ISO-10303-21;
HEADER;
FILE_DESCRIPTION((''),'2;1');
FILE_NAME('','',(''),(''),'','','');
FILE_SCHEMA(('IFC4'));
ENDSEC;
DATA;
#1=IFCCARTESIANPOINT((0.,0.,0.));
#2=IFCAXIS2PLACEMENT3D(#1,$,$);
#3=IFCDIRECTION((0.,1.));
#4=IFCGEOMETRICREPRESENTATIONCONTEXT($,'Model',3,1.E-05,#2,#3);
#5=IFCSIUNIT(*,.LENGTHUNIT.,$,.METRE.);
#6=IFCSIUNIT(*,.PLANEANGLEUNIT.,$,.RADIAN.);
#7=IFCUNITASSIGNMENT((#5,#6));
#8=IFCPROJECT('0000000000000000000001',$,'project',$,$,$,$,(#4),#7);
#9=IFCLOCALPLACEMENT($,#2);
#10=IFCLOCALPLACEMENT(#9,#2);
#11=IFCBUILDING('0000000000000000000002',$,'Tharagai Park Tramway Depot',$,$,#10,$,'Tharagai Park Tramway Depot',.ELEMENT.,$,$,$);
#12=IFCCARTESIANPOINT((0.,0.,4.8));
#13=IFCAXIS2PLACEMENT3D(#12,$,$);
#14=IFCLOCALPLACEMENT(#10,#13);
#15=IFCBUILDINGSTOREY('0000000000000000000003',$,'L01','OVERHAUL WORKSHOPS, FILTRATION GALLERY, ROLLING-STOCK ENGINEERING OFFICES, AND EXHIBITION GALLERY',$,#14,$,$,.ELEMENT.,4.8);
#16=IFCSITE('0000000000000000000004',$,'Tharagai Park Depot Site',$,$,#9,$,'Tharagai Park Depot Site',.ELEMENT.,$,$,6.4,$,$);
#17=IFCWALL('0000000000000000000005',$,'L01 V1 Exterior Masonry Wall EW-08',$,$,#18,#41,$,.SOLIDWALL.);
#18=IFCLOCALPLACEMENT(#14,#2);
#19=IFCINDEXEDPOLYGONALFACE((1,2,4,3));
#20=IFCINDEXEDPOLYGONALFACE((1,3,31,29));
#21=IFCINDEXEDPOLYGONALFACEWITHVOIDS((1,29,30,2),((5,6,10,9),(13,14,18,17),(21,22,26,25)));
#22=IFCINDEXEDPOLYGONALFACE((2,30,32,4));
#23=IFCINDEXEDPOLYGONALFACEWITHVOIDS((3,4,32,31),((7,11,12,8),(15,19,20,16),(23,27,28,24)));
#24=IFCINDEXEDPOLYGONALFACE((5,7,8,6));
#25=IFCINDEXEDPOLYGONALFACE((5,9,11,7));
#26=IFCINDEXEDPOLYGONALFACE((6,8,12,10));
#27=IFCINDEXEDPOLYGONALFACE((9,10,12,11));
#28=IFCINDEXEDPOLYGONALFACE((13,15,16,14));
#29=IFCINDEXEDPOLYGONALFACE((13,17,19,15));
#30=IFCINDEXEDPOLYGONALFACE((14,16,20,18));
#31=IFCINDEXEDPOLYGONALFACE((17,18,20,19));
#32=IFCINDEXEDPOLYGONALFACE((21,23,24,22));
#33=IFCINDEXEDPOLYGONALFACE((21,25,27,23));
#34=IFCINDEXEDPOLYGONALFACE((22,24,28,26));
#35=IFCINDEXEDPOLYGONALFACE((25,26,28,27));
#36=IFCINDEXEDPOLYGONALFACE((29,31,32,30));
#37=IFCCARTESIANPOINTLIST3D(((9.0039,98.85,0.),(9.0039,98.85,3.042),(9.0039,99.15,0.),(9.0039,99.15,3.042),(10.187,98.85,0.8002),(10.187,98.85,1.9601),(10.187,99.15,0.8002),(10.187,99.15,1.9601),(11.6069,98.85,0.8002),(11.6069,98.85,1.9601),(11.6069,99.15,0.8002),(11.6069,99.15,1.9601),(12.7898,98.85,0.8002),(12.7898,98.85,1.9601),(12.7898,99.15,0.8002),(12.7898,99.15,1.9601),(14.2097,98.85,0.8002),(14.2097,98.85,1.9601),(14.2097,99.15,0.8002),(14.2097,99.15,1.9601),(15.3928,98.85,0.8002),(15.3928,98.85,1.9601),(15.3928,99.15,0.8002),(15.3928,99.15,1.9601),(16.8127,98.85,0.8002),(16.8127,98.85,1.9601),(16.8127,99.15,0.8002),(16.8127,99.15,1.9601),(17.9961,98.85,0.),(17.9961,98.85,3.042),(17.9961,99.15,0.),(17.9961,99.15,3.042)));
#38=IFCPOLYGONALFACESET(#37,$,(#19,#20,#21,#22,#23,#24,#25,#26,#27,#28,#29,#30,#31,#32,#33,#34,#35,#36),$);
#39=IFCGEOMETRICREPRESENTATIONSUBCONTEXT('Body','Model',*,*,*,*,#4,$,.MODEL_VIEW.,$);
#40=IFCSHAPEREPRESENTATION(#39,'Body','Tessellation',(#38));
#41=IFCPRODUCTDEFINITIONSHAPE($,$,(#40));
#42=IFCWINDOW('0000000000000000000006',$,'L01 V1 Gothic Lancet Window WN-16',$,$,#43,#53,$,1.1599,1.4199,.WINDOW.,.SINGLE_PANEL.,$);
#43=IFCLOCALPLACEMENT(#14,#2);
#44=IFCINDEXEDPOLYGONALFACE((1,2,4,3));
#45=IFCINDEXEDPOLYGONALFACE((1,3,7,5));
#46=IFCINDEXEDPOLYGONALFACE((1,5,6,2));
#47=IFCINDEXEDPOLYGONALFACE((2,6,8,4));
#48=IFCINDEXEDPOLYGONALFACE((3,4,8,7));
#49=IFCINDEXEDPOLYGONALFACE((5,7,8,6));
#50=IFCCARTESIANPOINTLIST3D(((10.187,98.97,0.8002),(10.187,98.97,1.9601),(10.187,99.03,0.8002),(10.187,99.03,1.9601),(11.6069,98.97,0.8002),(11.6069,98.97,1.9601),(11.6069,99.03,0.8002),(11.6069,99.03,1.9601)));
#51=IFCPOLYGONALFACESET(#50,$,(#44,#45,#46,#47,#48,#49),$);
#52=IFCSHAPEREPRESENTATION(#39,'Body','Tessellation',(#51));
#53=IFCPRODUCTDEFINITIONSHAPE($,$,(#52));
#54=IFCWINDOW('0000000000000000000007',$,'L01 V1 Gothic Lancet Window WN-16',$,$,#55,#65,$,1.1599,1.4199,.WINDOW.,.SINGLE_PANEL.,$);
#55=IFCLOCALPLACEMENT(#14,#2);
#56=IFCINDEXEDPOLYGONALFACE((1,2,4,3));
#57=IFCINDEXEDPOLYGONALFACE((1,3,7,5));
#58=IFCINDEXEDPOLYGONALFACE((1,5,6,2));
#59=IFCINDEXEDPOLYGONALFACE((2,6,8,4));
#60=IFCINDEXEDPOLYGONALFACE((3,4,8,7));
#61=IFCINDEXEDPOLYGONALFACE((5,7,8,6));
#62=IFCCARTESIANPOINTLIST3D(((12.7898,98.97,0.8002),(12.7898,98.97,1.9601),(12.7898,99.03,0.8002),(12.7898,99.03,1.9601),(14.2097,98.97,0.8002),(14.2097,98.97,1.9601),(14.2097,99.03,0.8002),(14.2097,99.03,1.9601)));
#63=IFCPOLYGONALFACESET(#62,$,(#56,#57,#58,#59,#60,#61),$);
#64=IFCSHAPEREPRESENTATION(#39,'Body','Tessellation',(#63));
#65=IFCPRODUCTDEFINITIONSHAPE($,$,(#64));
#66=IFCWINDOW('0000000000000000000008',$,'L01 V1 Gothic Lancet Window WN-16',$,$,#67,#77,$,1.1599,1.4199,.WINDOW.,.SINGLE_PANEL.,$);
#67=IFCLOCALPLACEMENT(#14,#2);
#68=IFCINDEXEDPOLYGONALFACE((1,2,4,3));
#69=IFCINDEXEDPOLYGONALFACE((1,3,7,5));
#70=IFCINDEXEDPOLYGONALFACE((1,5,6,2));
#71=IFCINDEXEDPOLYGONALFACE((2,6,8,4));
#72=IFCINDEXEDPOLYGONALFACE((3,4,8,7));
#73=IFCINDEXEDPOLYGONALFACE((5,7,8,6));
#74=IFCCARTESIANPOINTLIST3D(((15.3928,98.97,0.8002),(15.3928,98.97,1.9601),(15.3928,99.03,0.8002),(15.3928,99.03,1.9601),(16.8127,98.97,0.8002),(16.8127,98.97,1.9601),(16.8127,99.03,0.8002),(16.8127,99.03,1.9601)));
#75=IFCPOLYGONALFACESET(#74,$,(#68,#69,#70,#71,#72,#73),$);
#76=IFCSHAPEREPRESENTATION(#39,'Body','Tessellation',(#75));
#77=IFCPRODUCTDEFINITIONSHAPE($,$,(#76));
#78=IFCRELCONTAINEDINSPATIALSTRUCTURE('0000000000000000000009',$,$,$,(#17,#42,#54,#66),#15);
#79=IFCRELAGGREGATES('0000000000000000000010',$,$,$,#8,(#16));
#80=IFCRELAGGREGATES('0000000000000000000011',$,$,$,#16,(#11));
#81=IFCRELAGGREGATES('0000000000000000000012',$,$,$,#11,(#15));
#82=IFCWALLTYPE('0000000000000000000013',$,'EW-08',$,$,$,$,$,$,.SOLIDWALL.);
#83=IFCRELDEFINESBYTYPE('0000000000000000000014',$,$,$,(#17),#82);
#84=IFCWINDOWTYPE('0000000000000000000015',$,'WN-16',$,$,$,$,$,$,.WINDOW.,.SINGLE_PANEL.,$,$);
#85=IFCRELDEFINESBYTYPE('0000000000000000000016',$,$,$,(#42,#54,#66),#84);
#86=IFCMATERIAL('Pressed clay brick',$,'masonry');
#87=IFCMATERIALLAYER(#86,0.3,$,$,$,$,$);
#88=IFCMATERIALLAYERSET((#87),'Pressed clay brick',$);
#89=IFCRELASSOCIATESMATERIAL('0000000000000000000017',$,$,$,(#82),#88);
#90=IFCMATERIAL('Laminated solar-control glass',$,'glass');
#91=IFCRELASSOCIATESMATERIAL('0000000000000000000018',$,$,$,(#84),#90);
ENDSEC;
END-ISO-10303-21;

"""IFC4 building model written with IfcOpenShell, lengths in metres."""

from ifc_helpers import new_model, si_unit, direction, frame, frame_2d, origin, place, context, subcontext, project, spatial, rectangle, extrude, material, layer, layer_set, type_object, element, fill, save


model = new_model("IFC4")

# Units and contexts
model_context = context("Model", 3, precision=1e-05, world=origin(), true_north=direction((0.0, 1.0)))
body_context = subcontext(model_context, "Body", "Model", "MODEL_VIEW")
ifc_project = project(units=[si_unit("LENGTHUNIT", "METRE"), si_unit("PLANEANGLEUNIT", "RADIAN")], contexts=[model_context])

# Site, building, storey
site_placement = place(None, origin())
site = spatial("IfcSite", under=ifc_project, at=site_placement, Name="Tharagai Park Depot Site", LongName="Tharagai Park Depot Site", CompositionType="ELEMENT", RefElevation=6.4)
building_placement = place(site_placement, origin())
building = spatial("IfcBuilding", under=site, at=building_placement, Name="Tharagai Park Tramway Depot", LongName="Tharagai Park Tramway Depot", CompositionType="ELEMENT")
storey_placement = place(building_placement, frame((0.0, 0.0, 4.8)))
storey = spatial("IfcBuildingStorey", under=building, at=storey_placement, Name="L01", Description="OVERHAUL WORKSHOPS, FILTRATION GALLERY, ROLLING-STOCK ENGINEERING OFFICES, AND EXHIBITION GALLERY", CompositionType="ELEMENT", Elevation=4.8)

# Shared definitions
ifc_material_1 = material(Name="Laminated solar-control glass", Category="glass")

# Wall, openings, windows
ifc_material_2 = material(Name="Pressed clay brick", Category="masonry")
ifc_layer_1 = layer(ifc_material_2, 0.3)
ifc_layer_set_1 = layer_set([ifc_layer_1], Name="Pressed clay brick")
wall_type = type_object("IfcWallType", Name="EW-08", PredefinedType="SOLIDWALL", material=ifc_layer_set_1)
wall_placement = place(storey_placement, frame((9.0039, 99.0, 0.0), z_axis=(0.0, 0.0, 1.0), x_axis=(1.0, 0.0, 0.0)))
wall = element("IfcWall", 1, at=wall_placement, inside=storey, type_object=wall_type, Name="L01 V1 Exterior Masonry Wall EW-08", PredefinedType="SOLIDWALL", context=body_context, shape_type="SweptSolid", body=[
    extrude(rectangle(XDim=8.9922, YDim=0.3, at=frame_2d((4.4961, 0.0))), origin(), (0.0, 0.0, 1.0), 3.042),
])
opening_1_placement = place(wall_placement, frame((1.1831, 0.0, 0.8)))
opening_1 = element("IfcOpeningElement", 2, at=opening_1_placement, cuts=wall, PredefinedType="OPENING", context=body_context, shape_type="SweptSolid", body=[
    extrude(rectangle(XDim=1.4199, YDim=1.1599, at=frame_2d((0.71, 0.5801))), frame((0.0, 0.1599, 0.0), z_axis=(0.0, -1.0, 0.0), x_axis=(1.0, 0.0, 0.0)), (0.0, 0.0, 1.0), 0.3201),
])
opening_2_placement = place(wall_placement, frame((3.7859, 0.0, 0.8)))
opening_2 = element("IfcOpeningElement", 3, at=opening_2_placement, cuts=wall, PredefinedType="OPENING", context=body_context, shape_type="SweptSolid", body=[
    extrude(rectangle(XDim=1.4199, YDim=1.1599, at=frame_2d((0.71, 0.5801))), frame((0.0, 0.1599, 0.0), z_axis=(0.0, -1.0, 0.0), x_axis=(1.0, 0.0, 0.0)), (0.0, 0.0, 1.0), 0.3201),
])
opening_3_placement = place(wall_placement, frame((6.3889, 0.0, 0.8)))
opening_3 = element("IfcOpeningElement", 4, at=opening_3_placement, cuts=wall, PredefinedType="OPENING", context=body_context, shape_type="SweptSolid", body=[
    extrude(rectangle(XDim=1.4199, YDim=1.1599, at=frame_2d((0.71, 0.5801))), frame((0.0, 0.1599, 0.0), z_axis=(0.0, -1.0, 0.0), x_axis=(1.0, 0.0, 0.0)), (0.0, 0.0, 1.0), 0.3201),
])
window_type = type_object("IfcWindowType", Name="WN-16", PartitioningType="SINGLE_PANEL", PredefinedType="WINDOW", material=ifc_material_1)
window_1_placement = place(opening_1_placement, origin())
window_1 = element("IfcWindow", 5, at=window_1_placement, inside=storey, type_object=window_type, Name="L01 V1 Gothic Lancet Window WN-16", OverallHeight=1.1599, OverallWidth=1.4199, PartitioningType="SINGLE_PANEL", PredefinedType="WINDOW", context=body_context, shape_type="SweptSolid", body=[
    extrude(rectangle(XDim=1.4199, YDim=1.1599, at=frame_2d((0.71, 0.5801))), frame((0.0, 0.03, 0.0), z_axis=(0.0, -1.0, 0.0), x_axis=(1.0, 0.0, 0.0)), (0.0, 0.0, 1.0), 0.0601),
])
fill(opening_1, window_1)
window_2_placement = place(opening_2_placement, origin())
window_2 = element("IfcWindow", 6, at=window_2_placement, inside=storey, type_object=window_type, Name="L01 V1 Gothic Lancet Window WN-16", OverallHeight=1.1599, OverallWidth=1.4199, PartitioningType="SINGLE_PANEL", PredefinedType="WINDOW", context=body_context, shape_type="SweptSolid", body=[
    extrude(rectangle(XDim=1.4199, YDim=1.1599, at=frame_2d((0.71, 0.5801))), frame((0.0, 0.03, 0.0), z_axis=(0.0, -1.0, 0.0), x_axis=(1.0, 0.0, 0.0)), (0.0, 0.0, 1.0), 0.0601),
])
fill(opening_2, window_2)
window_3_placement = place(opening_3_placement, origin())
window_3 = element("IfcWindow", 7, at=window_3_placement, inside=storey, type_object=window_type, Name="L01 V1 Gothic Lancet Window WN-16", OverallHeight=1.1599, OverallWidth=1.4199, PartitioningType="SINGLE_PANEL", PredefinedType="WINDOW", context=body_context, shape_type="SweptSolid", body=[
    extrude(rectangle(XDim=1.4199, YDim=1.1599, at=frame_2d((0.71, 0.5801))), frame((0.0, 0.03, 0.0), z_axis=(0.0, -1.0, 0.0), x_axis=(1.0, 0.0, 0.0)), (0.0, 0.0, 1.0), 0.0601),
])
fill(opening_3, window_3)

save(model, "model.ifc")
